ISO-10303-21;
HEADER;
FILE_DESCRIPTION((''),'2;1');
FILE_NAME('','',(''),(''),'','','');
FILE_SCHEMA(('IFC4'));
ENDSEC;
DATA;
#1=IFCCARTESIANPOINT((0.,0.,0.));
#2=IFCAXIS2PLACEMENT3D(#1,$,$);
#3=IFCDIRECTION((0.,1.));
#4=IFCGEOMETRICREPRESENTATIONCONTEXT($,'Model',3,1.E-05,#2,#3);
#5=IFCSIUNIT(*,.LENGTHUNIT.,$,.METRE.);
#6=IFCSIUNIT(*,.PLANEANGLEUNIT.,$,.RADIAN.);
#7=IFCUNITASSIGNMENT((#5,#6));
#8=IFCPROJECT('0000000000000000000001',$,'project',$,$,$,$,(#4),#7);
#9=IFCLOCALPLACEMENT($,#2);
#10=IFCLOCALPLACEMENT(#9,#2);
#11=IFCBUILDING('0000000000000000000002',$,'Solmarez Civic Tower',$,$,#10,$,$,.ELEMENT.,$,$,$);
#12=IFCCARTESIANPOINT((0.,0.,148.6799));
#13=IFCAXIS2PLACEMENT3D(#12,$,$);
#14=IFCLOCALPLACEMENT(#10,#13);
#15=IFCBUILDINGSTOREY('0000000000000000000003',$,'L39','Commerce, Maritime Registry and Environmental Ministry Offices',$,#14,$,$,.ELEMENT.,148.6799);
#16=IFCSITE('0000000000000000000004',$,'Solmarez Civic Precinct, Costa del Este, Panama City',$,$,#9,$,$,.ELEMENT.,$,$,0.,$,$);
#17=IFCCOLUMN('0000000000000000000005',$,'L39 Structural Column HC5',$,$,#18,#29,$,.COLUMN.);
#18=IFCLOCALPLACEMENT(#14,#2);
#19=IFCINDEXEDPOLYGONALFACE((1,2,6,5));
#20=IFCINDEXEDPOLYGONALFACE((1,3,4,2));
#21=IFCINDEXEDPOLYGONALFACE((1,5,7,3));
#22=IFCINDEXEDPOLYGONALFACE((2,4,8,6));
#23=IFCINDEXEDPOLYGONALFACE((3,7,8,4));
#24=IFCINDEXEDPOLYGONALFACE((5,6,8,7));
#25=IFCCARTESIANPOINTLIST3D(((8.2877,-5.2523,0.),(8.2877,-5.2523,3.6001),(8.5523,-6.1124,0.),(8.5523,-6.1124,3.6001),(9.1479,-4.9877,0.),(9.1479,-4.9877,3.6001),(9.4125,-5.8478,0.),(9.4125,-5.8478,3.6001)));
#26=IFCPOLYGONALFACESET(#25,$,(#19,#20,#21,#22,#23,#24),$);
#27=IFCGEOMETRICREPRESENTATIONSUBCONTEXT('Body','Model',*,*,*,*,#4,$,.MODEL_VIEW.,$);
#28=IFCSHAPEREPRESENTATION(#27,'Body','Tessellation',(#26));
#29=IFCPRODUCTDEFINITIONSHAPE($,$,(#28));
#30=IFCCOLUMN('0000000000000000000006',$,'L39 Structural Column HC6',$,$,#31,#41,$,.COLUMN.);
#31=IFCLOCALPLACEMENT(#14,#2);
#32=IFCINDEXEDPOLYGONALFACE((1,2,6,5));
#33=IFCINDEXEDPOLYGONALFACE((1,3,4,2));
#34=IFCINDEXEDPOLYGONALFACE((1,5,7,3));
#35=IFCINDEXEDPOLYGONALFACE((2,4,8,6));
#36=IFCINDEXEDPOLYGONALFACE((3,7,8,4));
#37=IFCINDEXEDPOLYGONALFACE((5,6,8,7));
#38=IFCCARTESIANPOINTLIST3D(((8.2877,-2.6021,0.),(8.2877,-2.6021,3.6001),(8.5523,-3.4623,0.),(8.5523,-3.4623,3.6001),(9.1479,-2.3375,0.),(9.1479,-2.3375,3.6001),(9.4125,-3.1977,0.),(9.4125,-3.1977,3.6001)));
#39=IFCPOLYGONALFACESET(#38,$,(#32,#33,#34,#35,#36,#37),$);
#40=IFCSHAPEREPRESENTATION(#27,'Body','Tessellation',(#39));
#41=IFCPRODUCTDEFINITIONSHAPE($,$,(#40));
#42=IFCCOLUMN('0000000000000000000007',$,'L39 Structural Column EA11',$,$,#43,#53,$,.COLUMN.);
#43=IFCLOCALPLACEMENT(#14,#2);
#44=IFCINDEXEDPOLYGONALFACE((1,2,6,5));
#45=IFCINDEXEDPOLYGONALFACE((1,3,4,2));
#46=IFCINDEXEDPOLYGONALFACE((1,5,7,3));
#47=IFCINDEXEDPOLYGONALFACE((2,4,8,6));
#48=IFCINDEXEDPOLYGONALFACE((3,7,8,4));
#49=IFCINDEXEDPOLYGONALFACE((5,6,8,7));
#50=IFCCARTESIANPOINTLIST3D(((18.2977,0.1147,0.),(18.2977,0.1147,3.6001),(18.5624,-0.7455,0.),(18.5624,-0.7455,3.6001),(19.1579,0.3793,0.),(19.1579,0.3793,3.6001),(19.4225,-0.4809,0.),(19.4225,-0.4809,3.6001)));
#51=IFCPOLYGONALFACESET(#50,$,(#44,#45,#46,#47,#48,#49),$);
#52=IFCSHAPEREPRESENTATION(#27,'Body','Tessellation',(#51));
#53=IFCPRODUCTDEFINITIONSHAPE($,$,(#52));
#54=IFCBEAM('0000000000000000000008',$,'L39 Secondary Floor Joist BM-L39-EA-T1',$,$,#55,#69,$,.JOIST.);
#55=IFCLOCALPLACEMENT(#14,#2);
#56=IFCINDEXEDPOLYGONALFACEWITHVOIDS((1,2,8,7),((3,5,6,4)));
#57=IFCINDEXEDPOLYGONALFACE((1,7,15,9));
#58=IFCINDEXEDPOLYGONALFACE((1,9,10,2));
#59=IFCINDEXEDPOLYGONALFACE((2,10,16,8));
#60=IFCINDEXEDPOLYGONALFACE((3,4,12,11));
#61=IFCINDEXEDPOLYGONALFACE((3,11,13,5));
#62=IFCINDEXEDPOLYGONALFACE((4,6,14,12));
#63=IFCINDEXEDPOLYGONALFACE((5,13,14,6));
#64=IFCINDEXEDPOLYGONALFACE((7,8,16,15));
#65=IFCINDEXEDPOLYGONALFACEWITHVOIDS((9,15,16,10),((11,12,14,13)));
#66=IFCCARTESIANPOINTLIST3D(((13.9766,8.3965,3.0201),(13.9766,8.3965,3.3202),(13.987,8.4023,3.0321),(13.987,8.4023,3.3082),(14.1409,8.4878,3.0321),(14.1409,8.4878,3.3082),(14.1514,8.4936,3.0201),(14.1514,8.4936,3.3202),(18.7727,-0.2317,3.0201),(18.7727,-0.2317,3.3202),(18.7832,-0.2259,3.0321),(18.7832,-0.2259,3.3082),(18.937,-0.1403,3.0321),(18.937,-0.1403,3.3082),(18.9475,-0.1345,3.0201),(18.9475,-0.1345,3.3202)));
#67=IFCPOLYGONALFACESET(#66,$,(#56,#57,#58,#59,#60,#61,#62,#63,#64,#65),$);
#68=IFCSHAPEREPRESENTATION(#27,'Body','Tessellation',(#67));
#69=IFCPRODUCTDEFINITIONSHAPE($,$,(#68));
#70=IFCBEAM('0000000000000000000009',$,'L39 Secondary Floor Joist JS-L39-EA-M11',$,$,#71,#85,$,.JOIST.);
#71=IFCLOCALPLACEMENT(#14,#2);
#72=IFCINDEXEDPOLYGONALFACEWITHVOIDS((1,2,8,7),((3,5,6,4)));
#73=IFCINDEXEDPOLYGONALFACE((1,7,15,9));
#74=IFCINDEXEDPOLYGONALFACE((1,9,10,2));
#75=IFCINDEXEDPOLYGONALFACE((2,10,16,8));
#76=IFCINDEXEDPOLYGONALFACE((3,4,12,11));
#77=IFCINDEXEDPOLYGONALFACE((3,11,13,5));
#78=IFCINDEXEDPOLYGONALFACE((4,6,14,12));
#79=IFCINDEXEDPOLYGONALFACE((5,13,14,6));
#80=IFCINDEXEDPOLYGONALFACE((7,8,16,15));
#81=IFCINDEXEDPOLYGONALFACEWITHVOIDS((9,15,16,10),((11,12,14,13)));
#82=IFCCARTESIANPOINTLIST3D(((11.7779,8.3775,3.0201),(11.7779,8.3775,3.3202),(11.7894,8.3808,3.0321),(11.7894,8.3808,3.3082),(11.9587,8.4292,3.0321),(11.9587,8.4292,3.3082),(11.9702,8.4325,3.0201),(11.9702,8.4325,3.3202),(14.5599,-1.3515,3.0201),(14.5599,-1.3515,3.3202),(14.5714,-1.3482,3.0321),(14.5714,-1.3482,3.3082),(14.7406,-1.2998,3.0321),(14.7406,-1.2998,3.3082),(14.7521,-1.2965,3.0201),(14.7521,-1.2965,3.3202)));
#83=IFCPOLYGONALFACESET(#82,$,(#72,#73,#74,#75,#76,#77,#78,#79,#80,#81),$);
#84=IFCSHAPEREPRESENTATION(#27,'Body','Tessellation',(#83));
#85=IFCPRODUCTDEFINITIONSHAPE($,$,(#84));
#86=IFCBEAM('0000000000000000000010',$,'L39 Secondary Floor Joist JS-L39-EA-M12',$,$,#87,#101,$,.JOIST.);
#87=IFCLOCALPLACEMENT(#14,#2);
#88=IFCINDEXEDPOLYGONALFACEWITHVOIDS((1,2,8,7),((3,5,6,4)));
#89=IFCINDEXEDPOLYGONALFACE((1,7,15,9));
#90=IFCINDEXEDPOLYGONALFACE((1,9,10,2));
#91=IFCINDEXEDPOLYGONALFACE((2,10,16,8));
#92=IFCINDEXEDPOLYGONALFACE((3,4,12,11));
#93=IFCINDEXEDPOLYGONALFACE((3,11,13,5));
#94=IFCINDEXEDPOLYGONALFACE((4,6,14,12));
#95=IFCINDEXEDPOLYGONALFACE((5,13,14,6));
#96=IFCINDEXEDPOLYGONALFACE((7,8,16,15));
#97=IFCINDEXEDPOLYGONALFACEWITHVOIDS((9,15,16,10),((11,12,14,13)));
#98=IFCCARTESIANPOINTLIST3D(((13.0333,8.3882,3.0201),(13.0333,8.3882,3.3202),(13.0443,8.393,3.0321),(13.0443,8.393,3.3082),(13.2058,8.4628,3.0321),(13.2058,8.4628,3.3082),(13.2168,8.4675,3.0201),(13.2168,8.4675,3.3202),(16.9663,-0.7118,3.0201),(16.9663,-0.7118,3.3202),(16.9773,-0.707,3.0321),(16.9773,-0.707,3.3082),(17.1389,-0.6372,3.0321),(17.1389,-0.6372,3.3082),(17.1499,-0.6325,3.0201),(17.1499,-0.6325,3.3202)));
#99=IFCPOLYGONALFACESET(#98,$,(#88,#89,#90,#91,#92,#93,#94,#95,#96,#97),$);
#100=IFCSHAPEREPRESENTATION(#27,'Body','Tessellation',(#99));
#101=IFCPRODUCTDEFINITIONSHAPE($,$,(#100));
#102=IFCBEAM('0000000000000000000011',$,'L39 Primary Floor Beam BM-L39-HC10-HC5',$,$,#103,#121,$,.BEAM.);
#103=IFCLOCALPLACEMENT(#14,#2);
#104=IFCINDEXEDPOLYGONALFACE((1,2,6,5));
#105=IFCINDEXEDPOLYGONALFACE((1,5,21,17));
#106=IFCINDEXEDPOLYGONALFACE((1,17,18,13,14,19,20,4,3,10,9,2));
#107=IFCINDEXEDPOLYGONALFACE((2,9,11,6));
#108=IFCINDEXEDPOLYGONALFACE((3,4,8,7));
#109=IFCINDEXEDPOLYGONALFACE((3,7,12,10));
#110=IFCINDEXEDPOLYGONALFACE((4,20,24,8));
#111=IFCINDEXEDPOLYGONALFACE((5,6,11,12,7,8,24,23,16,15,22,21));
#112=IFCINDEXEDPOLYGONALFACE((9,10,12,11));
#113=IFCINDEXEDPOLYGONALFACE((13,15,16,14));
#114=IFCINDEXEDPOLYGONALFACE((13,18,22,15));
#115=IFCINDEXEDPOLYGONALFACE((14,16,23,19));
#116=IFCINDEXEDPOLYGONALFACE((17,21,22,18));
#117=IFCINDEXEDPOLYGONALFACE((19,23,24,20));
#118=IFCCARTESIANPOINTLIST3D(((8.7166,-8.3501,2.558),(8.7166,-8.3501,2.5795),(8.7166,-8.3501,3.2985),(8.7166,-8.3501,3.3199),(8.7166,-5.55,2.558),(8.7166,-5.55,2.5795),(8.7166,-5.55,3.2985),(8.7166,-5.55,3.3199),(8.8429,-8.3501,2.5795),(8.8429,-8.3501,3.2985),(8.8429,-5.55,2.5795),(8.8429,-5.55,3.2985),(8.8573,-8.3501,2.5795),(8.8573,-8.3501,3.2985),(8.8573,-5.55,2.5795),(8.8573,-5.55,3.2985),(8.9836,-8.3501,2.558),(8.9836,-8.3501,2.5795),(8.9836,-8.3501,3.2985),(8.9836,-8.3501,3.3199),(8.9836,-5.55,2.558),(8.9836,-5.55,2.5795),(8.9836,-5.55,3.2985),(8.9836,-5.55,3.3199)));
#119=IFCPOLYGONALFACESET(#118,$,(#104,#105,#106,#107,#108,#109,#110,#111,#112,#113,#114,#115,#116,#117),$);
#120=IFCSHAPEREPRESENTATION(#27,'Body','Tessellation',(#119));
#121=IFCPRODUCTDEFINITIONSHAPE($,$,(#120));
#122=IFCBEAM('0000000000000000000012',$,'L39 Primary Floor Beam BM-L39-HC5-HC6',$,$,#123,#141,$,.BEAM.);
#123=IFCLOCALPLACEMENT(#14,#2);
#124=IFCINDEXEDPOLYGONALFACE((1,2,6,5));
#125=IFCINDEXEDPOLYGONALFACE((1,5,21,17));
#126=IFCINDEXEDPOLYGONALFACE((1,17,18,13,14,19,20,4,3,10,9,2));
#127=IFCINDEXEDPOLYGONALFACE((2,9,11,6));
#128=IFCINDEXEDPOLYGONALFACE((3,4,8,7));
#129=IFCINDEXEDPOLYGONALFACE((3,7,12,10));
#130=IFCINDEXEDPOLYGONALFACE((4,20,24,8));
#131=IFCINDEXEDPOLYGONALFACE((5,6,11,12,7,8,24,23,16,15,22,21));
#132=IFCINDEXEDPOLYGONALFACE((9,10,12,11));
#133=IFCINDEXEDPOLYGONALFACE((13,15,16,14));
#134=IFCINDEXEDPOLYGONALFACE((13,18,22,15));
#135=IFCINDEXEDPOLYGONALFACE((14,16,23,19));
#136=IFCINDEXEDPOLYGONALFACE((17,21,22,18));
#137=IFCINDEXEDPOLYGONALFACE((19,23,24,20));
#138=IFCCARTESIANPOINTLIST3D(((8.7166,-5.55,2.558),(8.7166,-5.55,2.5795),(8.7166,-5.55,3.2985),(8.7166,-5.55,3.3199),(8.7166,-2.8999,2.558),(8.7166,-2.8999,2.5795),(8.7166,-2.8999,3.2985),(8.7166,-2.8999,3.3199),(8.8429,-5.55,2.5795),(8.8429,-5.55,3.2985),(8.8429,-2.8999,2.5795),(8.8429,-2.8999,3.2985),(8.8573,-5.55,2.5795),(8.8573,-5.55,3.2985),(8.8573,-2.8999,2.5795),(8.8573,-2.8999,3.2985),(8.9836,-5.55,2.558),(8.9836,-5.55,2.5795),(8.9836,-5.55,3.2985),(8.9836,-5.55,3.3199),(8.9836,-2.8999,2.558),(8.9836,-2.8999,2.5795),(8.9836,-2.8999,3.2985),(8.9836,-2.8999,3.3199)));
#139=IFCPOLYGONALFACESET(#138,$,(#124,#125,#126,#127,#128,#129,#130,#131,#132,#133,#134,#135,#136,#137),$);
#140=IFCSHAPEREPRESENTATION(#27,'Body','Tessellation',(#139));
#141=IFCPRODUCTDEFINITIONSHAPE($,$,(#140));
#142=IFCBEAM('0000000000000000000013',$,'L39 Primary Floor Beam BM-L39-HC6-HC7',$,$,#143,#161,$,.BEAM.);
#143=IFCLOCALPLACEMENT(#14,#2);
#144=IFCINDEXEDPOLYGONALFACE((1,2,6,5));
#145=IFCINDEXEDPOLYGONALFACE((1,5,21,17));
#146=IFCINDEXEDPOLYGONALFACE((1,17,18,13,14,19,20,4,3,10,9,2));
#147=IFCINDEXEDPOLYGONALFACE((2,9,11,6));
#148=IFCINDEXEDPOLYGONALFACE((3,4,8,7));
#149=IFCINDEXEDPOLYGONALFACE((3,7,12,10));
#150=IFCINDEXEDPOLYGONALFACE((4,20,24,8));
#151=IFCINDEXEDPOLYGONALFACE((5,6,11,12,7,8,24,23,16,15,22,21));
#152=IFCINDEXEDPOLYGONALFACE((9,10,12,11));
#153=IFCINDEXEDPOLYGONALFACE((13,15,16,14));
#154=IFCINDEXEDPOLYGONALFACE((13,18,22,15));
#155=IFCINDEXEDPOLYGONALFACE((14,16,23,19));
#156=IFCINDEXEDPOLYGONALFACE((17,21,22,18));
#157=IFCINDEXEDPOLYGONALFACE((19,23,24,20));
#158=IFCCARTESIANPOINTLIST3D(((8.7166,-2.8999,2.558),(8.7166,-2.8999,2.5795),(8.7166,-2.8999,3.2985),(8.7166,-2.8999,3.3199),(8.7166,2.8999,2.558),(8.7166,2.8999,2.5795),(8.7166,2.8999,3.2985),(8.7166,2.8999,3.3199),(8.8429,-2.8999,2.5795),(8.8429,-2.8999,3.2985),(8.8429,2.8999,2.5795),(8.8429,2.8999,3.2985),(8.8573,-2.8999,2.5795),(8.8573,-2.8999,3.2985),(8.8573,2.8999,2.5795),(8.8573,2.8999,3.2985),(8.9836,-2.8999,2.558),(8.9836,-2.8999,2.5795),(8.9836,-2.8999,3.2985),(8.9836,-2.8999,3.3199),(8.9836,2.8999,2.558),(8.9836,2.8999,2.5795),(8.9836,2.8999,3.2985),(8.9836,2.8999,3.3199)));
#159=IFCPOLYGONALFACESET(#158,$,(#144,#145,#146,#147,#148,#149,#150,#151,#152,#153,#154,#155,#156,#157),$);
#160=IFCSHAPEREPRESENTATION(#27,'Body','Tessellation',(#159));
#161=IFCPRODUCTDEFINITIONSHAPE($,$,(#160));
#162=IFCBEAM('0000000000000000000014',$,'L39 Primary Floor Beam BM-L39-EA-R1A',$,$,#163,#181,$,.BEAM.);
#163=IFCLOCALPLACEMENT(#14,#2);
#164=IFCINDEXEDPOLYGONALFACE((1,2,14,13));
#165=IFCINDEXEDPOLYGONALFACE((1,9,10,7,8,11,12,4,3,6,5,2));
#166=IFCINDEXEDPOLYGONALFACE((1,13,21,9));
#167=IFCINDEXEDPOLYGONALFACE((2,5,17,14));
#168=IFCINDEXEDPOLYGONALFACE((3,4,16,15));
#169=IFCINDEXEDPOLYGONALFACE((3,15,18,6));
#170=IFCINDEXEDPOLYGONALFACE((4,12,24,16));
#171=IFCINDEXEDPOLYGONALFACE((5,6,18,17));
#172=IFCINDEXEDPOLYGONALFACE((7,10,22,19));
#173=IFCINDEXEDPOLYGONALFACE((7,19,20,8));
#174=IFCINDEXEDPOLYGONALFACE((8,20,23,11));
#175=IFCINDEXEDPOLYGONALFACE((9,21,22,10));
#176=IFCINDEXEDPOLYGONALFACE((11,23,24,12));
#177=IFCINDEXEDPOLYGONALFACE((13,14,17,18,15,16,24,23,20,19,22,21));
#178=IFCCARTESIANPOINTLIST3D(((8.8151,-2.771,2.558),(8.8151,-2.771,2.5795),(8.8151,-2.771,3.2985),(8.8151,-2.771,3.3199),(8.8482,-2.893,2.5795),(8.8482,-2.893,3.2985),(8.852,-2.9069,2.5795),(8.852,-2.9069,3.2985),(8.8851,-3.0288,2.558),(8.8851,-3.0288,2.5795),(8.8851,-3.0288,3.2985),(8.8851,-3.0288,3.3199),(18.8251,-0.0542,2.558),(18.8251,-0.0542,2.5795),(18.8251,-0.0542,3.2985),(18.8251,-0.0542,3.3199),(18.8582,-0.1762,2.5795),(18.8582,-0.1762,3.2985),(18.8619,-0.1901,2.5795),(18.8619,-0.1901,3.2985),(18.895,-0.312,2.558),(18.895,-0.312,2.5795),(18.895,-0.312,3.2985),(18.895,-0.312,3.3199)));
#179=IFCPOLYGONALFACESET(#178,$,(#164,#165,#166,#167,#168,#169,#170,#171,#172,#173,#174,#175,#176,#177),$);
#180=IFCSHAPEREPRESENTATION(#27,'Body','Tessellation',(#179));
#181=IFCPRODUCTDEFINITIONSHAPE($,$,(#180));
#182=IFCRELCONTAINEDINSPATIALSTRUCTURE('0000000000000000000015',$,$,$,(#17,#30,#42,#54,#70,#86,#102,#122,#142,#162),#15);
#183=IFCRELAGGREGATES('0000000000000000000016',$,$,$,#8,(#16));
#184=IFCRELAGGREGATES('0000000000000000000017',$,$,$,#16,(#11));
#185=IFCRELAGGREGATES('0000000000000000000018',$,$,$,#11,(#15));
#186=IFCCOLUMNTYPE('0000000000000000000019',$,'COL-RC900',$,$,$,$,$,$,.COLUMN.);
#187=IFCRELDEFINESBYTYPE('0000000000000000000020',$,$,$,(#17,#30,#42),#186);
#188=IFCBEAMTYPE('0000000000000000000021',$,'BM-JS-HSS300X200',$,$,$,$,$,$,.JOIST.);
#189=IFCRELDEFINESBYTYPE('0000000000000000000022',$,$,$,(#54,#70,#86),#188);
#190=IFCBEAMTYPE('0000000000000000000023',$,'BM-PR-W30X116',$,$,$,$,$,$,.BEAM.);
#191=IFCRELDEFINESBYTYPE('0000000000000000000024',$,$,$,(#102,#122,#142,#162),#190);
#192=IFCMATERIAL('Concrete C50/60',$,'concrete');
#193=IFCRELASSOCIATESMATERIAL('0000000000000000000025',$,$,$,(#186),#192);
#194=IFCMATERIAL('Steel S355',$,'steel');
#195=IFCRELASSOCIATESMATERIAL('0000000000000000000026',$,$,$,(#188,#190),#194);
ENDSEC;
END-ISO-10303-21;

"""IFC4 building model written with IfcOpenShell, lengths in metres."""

from ifc_helpers import new_model, si_unit, direction, frame, origin, origin_2d, place, context, subcontext, project, spatial, rectangle, hollow_rectangle, i_section, extrude, material, material_profile, profile_set, type_object, element, save


model = new_model("IFC4")

# Units and contexts
model_context = context("Model", 3, precision=1e-05, world=origin(), true_north=direction((0.0, 1.0)))
body_context = subcontext(model_context, "Body", "Model", "MODEL_VIEW")
ifc_project = project(units=[si_unit("LENGTHUNIT", "METRE"), si_unit("PLANEANGLEUNIT", "RADIAN")], contexts=[model_context])

# Site, building, storey
site_placement = place(None, origin())
site = spatial("IfcSite", under=ifc_project, at=site_placement, Name="Solmarez Civic Precinct, Costa del Este, Panama City", CompositionType="ELEMENT", RefElevation=0.0)
building_placement = place(site_placement, origin())
building = spatial("IfcBuilding", under=site, at=building_placement, Name="Solmarez Civic Tower", CompositionType="ELEMENT")
storey_placement = place(building_placement, frame((0.0, 0.0, 148.6799)))
storey = spatial("IfcBuildingStorey", under=building, at=storey_placement, Name="L39", Description="Commerce, Maritime Registry and Environmental Ministry Offices", CompositionType="ELEMENT", Elevation=148.6799)

# Columns
ifc_material_1 = material(Name="Concrete C50/60", Category="concrete")
ifc_material_profile_1 = material_profile(ifc_material_1, rectangle(XDim=0.8999, YDim=0.8999, at=origin_2d()), Name="RC900X900")
ifc_profile_set_1 = profile_set([ifc_material_profile_1], Name="Concrete C50/60")
column_type = type_object("IfcColumnType", Name="COL-RC900", PredefinedType="COLUMN", material=ifc_profile_set_1)
for number, where, z_axis, x_axis, name in (
    (1, (8.8501, -5.55, 0.0), (0.0, 0.0, 1.0), (0.955793, 0.29404, 0.0), "L39 Structural Column HC5"),
    (2, (8.8501, -2.8999, 0.0), (0.0, 0.0, 1.0), (0.955793, 0.29404, 0.0), "L39 Structural Column HC6"),
    (3, (18.8601, -0.1831, 0.0), (0.0, 0.0, 1.0), (0.955793, 0.29404, 0.0), "L39 Structural Column EA11"),
):
    element("IfcColumn", number, at=place(storey_placement, frame(where, z_axis=z_axis, x_axis=x_axis)), inside=storey, type_object=column_type, Name=name, PredefinedType="COLUMN", context=body_context, shape_type="SweptSolid", body=[
        extrude(rectangle(XDim=0.8999, YDim=0.8999, at=origin_2d()), origin(), (0.0, 0.0, 1.0), 3.6001),
    ])

# Beams
ifc_material_2 = material(Name="Steel S355", Category="steel")
ifc_material_profile_2 = material_profile(ifc_material_2, hollow_rectangle(XDim=0.2, YDim=0.3, WallThickness=0.012, at=origin_2d()), Name="HSS300X200X12")
ifc_profile_set_2 = profile_set([ifc_material_profile_2], Name="Steel S355")
beam_type_1 = type_object("IfcBeamType", Name="BM-JS-HSS300X200", PredefinedType="JOIST", material=ifc_profile_set_2)
beam_1_placement = place(storey_placement, frame((18.8601, -0.1831, 3.1702), z_axis=(-0.485853, 0.874041, 0.0), x_axis=(-0.874041, -0.485853, 0.0)))
element("IfcBeam", 4, at=beam_1_placement, inside=storey, type_object=beam_type_1, Name="L39 Secondary Floor Joist BM-L39-EA-T1", PredefinedType="JOIST", context=body_context, shape_type="SweptSolid", body=[
    extrude(hollow_rectangle(XDim=0.2, YDim=0.3, WallThickness=0.012, at=origin_2d()), origin(), (0.0, 0.0, 1.0), 9.8716),
])
beam_2_placement = place(storey_placement, frame((14.656, -1.324, 3.1702), z_axis=(-0.274928, 0.961465, 0.0), x_axis=(-0.961465, -0.274928, 0.0)))
element("IfcBeam", 5, at=beam_2_placement, inside=storey, type_object=beam_type_1, Name="L39 Secondary Floor Joist JS-L39-EA-M11", PredefinedType="JOIST", context=body_context, shape_type="SweptSolid", body=[
    extrude(hollow_rectangle(XDim=0.2, YDim=0.3, WallThickness=0.012, at=origin_2d()), origin(), (0.0, 0.0, 1.0), 10.1189),
])
beam_3_placement = place(storey_placement, frame((17.0581, -0.6721, 3.1702), z_axis=(-0.396735, 0.917933, 0.0), x_axis=(-0.917933, -0.396735, 0.0)))
element("IfcBeam", 6, at=beam_3_placement, inside=storey, type_object=beam_type_1, Name="L39 Secondary Floor Joist JS-L39-EA-M12", PredefinedType="JOIST", context=body_context, shape_type="SweptSolid", body=[
    extrude(hollow_rectangle(XDim=0.2, YDim=0.3, WallThickness=0.012, at=origin_2d()), origin(), (0.0, 0.0, 1.0), 9.9136),
])
ifc_material_profile_3 = material_profile(ifc_material_2, i_section(OverallWidth=0.2671, OverallDepth=0.762, WebThickness=0.0144, FlangeThickness=0.0215, at=origin_2d()), Name="W30X116")
ifc_profile_set_3 = profile_set([ifc_material_profile_3], Name="Steel S355")
beam_type_2 = type_object("IfcBeamType", Name="BM-PR-W30X116", PredefinedType="BEAM", material=ifc_profile_set_3)
beam_4_placement = place(storey_placement, frame((8.8501, -8.3501, 2.939), z_axis=(0.0, 1.0, 0.0), x_axis=(-1.0, 0.0, 0.0)))
element("IfcBeam", 7, at=beam_4_placement, inside=storey, type_object=beam_type_2, Name="L39 Primary Floor Beam BM-L39-HC10-HC5", PredefinedType="BEAM", context=body_context, shape_type="SweptSolid", body=[
    extrude(i_section(OverallWidth=0.2671, OverallDepth=0.762, WebThickness=0.0144, FlangeThickness=0.0215, at=origin_2d()), origin(), (0.0, 0.0, 1.0), 2.8),
])
beam_5_placement = place(storey_placement, frame((8.8501, -5.55, 2.939), z_axis=(0.0, 1.0, 0.0), x_axis=(-1.0, 0.0, 0.0)))
element("IfcBeam", 8, at=beam_5_placement, inside=storey, type_object=beam_type_2, Name="L39 Primary Floor Beam BM-L39-HC5-HC6", PredefinedType="BEAM", context=body_context, shape_type="SweptSolid", body=[
    extrude(i_section(OverallWidth=0.2671, OverallDepth=0.762, WebThickness=0.0144, FlangeThickness=0.0215, at=origin_2d()), origin(), (0.0, 0.0, 1.0), 2.6501),
])
beam_6_placement = place(storey_placement, frame((8.8501, -2.8999, 2.939), z_axis=(0.0, 1.0, 0.0), x_axis=(-1.0, 0.0, 0.0)))
element("IfcBeam", 9, at=beam_6_placement, inside=storey, type_object=beam_type_2, Name="L39 Primary Floor Beam BM-L39-HC6-HC7", PredefinedType="BEAM", context=body_context, shape_type="SweptSolid", body=[
    extrude(i_section(OverallWidth=0.2671, OverallDepth=0.762, WebThickness=0.0144, FlangeThickness=0.0215, at=origin_2d()), origin(), (0.0, 0.0, 1.0), 5.7998),
])
beam_7_placement = place(storey_placement, frame((8.8501, -2.8999, 2.939), z_axis=(0.965086, 0.261932, 0.0), x_axis=(-0.261932, 0.965086, 0.0)))
element("IfcBeam", 10, at=beam_7_placement, inside=storey, type_object=beam_type_2, Name="L39 Primary Floor Beam BM-L39-EA-R1A", PredefinedType="BEAM", context=body_context, shape_type="SweptSolid", body=[
    extrude(i_section(OverallWidth=0.2671, OverallDepth=0.762, WebThickness=0.0144, FlangeThickness=0.0215, at=origin_2d()), origin(), (0.0, 0.0, 1.0), 10.3721),
])

save(model, "model.ifc")
